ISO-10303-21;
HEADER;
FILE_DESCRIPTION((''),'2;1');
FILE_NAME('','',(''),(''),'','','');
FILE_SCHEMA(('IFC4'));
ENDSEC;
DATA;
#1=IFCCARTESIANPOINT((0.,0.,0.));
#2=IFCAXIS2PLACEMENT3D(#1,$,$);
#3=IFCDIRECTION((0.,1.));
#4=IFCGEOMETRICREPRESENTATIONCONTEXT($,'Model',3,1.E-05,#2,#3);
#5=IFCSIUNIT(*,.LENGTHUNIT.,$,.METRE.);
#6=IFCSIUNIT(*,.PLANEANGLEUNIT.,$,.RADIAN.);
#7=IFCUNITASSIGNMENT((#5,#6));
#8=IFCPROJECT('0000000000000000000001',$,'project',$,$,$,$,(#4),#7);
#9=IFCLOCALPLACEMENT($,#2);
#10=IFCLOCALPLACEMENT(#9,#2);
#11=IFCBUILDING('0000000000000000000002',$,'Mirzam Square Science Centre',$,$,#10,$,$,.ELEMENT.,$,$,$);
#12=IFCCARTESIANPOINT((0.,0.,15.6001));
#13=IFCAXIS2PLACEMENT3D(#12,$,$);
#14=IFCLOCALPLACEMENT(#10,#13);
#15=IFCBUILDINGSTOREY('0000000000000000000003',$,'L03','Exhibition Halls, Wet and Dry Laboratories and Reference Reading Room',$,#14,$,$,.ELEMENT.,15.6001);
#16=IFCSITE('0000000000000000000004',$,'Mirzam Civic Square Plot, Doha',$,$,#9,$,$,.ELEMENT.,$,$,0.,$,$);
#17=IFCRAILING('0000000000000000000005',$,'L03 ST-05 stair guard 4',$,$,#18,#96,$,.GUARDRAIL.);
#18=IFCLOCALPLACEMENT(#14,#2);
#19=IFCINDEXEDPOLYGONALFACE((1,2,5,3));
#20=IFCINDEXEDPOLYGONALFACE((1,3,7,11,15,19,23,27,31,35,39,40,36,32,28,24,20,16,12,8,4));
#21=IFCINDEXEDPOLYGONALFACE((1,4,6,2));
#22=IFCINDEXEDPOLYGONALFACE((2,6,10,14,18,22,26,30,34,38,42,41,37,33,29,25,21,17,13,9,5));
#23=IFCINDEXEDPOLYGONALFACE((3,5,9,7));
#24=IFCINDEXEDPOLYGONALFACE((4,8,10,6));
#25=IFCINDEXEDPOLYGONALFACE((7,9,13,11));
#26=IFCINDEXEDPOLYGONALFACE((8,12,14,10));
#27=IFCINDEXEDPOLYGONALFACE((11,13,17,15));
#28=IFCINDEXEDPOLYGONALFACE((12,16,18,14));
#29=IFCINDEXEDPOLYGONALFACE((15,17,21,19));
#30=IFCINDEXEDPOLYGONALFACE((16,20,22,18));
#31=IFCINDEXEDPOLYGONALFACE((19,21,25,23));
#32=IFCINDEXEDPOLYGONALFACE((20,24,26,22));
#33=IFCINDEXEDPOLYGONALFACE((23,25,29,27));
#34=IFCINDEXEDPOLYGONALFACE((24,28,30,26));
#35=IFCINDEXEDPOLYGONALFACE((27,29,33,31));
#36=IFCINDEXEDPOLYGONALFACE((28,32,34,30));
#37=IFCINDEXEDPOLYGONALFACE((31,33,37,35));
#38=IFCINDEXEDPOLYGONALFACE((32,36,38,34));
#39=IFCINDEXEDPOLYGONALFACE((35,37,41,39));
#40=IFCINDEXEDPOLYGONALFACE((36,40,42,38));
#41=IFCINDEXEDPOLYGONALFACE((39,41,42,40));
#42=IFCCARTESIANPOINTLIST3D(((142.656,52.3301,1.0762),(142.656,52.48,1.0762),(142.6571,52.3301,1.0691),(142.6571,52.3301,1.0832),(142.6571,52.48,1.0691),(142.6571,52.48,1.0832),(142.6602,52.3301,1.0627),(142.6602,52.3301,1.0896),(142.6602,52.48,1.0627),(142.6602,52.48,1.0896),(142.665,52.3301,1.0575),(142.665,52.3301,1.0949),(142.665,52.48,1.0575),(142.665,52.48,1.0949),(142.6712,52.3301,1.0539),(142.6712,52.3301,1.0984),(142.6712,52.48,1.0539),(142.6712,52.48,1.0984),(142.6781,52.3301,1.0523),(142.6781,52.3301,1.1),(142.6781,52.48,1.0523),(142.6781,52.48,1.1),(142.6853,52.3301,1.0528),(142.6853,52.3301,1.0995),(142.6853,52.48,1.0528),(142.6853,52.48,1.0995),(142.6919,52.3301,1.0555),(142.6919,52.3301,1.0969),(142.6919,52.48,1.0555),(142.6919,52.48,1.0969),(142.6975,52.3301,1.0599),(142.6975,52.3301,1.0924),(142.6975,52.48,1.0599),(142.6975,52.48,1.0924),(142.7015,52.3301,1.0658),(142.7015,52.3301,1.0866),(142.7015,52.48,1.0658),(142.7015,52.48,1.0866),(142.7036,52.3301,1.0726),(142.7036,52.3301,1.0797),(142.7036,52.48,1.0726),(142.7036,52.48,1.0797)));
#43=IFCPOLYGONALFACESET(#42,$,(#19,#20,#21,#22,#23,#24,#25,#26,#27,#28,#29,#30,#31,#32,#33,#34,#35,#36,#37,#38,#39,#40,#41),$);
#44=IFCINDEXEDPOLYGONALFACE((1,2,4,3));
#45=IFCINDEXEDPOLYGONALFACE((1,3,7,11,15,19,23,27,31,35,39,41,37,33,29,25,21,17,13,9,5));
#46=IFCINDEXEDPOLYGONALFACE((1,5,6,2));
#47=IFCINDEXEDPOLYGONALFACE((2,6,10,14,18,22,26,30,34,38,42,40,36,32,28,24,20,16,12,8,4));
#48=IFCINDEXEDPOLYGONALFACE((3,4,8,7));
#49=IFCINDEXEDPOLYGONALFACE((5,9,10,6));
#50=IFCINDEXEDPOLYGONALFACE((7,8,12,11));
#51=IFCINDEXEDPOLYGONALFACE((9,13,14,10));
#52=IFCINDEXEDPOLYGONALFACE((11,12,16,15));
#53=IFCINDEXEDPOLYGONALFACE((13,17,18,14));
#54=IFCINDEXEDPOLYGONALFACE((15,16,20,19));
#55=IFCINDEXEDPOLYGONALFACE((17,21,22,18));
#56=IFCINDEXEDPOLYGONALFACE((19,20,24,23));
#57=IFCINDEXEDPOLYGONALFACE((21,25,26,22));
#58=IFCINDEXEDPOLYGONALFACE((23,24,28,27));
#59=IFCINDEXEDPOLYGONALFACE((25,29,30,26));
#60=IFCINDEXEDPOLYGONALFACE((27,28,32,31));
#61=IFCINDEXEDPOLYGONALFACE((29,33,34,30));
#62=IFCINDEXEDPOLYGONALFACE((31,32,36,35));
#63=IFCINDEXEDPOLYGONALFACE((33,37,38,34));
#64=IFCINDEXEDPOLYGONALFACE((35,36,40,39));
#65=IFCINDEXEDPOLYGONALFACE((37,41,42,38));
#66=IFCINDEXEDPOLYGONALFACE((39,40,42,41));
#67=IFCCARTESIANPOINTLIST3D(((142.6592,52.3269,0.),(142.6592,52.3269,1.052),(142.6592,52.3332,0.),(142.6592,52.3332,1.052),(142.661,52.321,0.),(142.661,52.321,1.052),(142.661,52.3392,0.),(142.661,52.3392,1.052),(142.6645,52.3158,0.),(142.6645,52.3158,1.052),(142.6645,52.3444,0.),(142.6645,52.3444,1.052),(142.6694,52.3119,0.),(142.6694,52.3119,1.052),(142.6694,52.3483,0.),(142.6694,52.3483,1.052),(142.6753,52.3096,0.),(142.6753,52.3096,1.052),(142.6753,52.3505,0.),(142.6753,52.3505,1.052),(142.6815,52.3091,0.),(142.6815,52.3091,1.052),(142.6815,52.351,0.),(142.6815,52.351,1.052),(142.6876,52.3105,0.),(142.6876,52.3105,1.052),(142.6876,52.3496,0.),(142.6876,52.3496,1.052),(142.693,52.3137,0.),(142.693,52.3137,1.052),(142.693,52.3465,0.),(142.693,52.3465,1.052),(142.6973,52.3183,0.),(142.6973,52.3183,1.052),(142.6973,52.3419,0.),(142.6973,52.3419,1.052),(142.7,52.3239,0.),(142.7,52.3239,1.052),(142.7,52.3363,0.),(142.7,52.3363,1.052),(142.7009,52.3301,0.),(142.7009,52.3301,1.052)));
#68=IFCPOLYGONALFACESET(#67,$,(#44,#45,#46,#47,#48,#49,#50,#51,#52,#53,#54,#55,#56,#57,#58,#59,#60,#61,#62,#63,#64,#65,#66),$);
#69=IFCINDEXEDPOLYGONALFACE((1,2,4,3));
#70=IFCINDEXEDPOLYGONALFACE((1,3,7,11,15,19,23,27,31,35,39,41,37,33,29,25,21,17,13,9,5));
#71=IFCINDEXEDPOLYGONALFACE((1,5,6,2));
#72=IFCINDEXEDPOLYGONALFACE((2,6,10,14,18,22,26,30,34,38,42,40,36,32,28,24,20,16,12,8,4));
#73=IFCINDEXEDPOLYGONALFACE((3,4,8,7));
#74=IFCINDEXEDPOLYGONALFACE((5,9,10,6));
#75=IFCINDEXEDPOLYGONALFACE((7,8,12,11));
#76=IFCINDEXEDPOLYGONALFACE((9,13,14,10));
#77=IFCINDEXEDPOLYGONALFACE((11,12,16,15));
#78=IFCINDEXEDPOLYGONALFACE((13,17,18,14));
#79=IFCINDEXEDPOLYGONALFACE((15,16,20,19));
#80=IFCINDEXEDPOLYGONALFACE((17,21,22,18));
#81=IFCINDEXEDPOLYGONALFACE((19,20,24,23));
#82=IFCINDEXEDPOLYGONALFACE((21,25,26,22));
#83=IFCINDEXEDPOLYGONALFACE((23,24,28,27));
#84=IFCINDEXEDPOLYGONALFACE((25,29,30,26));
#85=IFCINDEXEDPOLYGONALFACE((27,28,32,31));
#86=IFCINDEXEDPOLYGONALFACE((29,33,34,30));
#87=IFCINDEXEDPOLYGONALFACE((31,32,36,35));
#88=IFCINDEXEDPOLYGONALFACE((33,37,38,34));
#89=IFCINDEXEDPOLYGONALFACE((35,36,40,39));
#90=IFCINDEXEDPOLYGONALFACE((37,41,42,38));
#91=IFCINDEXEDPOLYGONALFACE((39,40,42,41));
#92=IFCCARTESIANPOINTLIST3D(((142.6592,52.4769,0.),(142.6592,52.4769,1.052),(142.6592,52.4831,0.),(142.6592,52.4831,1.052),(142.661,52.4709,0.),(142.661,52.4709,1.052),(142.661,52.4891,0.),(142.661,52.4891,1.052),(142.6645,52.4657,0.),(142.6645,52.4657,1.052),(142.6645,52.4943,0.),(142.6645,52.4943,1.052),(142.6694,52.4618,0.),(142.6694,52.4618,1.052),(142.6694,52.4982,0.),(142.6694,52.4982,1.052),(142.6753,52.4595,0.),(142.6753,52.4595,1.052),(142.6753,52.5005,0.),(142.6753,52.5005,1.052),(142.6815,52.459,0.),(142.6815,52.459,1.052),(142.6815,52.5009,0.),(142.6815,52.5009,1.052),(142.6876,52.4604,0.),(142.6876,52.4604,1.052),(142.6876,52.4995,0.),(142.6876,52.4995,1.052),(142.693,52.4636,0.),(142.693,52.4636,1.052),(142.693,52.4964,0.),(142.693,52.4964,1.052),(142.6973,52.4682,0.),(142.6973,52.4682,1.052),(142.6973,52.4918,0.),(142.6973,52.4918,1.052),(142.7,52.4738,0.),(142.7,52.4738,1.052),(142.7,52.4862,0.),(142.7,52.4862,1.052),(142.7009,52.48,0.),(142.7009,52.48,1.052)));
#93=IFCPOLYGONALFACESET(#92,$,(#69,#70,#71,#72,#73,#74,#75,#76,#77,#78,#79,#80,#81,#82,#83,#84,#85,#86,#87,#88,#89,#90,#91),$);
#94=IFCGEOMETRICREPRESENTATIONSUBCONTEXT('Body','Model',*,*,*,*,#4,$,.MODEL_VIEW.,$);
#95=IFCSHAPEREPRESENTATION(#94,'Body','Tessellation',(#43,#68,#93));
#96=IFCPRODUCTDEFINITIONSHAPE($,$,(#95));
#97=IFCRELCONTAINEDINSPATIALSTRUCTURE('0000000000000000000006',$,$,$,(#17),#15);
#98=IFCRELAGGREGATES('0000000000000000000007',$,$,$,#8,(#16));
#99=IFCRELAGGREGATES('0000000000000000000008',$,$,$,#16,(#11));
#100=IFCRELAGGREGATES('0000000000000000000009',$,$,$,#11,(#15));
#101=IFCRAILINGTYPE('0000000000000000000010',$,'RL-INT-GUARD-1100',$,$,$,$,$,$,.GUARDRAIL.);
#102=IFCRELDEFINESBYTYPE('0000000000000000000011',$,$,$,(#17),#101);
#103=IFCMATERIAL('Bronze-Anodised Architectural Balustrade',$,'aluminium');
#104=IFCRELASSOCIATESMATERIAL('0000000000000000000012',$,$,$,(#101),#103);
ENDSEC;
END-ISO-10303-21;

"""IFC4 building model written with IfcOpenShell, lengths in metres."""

from ifc_helpers import new_model, si_unit, direction, frame, origin, origin_2d, place, context, subcontext, project, spatial, circle, extrude, material, type_object, element, save


model = new_model("IFC4")

# Units and contexts
model_context = context("Model", 3, precision=1e-05, world=origin(), true_north=direction((0.0, 1.0)))
body_context = subcontext(model_context, "Body", "Model", "MODEL_VIEW")
ifc_project = project(units=[si_unit("LENGTHUNIT", "METRE"), si_unit("PLANEANGLEUNIT", "RADIAN")], contexts=[model_context])

# Site, building, storey
site_placement = place(None, origin())
site = spatial("IfcSite", under=ifc_project, at=site_placement, Name="Mirzam Civic Square Plot, Doha", CompositionType="ELEMENT", RefElevation=0.0)
building_placement = place(site_placement, origin())
building = spatial("IfcBuilding", under=site, at=building_placement, Name="Mirzam Square Science Centre", CompositionType="ELEMENT")
storey_placement = place(building_placement, frame((0.0, 0.0, 15.6001)))
storey = spatial("IfcBuildingStorey", under=building, at=storey_placement, Name="L03", Description="Exhibition Halls, Wet and Dry Laboratories and Reference Reading Room", CompositionType="ELEMENT", Elevation=15.6001)

# Railing
ifc_material_1 = material(Name="Bronze-Anodised Architectural Balustrade", Category="aluminium")
railing_type_1 = type_object("IfcRailingType", Name="RL-INT-GUARD-1100", PredefinedType="GUARDRAIL", material=ifc_material_1)
railing_1_placement = place(storey_placement, frame((142.6799, 52.3301, 0.0)))
element("IfcRailing", 1, at=railing_1_placement, inside=storey, type_object=railing_type_1, Name="L03 ST-05 stair guard 4", PredefinedType="GUARDRAIL", context=body_context, shape_type="SweptSolid", body=[
    extrude(circle(Radius=0.0239, at=origin_2d()), frame((0.0, 0.0, 1.0762), z_axis=(0.0, 1.0, 0.0), x_axis=(-1.0, 0.0, 0.0)), (0.0, 0.0, 1.0), 0.1499),
    extrude(circle(Radius=0.021, at=origin_2d()), origin(), (0.0, 0.0, 1.0), 1.052),
    extrude(circle(Radius=0.021, at=origin_2d()), frame((0.0, 0.1499, 0.0)), (0.0, 0.0, 1.0), 1.052),
])

save(model, "model.ifc")
